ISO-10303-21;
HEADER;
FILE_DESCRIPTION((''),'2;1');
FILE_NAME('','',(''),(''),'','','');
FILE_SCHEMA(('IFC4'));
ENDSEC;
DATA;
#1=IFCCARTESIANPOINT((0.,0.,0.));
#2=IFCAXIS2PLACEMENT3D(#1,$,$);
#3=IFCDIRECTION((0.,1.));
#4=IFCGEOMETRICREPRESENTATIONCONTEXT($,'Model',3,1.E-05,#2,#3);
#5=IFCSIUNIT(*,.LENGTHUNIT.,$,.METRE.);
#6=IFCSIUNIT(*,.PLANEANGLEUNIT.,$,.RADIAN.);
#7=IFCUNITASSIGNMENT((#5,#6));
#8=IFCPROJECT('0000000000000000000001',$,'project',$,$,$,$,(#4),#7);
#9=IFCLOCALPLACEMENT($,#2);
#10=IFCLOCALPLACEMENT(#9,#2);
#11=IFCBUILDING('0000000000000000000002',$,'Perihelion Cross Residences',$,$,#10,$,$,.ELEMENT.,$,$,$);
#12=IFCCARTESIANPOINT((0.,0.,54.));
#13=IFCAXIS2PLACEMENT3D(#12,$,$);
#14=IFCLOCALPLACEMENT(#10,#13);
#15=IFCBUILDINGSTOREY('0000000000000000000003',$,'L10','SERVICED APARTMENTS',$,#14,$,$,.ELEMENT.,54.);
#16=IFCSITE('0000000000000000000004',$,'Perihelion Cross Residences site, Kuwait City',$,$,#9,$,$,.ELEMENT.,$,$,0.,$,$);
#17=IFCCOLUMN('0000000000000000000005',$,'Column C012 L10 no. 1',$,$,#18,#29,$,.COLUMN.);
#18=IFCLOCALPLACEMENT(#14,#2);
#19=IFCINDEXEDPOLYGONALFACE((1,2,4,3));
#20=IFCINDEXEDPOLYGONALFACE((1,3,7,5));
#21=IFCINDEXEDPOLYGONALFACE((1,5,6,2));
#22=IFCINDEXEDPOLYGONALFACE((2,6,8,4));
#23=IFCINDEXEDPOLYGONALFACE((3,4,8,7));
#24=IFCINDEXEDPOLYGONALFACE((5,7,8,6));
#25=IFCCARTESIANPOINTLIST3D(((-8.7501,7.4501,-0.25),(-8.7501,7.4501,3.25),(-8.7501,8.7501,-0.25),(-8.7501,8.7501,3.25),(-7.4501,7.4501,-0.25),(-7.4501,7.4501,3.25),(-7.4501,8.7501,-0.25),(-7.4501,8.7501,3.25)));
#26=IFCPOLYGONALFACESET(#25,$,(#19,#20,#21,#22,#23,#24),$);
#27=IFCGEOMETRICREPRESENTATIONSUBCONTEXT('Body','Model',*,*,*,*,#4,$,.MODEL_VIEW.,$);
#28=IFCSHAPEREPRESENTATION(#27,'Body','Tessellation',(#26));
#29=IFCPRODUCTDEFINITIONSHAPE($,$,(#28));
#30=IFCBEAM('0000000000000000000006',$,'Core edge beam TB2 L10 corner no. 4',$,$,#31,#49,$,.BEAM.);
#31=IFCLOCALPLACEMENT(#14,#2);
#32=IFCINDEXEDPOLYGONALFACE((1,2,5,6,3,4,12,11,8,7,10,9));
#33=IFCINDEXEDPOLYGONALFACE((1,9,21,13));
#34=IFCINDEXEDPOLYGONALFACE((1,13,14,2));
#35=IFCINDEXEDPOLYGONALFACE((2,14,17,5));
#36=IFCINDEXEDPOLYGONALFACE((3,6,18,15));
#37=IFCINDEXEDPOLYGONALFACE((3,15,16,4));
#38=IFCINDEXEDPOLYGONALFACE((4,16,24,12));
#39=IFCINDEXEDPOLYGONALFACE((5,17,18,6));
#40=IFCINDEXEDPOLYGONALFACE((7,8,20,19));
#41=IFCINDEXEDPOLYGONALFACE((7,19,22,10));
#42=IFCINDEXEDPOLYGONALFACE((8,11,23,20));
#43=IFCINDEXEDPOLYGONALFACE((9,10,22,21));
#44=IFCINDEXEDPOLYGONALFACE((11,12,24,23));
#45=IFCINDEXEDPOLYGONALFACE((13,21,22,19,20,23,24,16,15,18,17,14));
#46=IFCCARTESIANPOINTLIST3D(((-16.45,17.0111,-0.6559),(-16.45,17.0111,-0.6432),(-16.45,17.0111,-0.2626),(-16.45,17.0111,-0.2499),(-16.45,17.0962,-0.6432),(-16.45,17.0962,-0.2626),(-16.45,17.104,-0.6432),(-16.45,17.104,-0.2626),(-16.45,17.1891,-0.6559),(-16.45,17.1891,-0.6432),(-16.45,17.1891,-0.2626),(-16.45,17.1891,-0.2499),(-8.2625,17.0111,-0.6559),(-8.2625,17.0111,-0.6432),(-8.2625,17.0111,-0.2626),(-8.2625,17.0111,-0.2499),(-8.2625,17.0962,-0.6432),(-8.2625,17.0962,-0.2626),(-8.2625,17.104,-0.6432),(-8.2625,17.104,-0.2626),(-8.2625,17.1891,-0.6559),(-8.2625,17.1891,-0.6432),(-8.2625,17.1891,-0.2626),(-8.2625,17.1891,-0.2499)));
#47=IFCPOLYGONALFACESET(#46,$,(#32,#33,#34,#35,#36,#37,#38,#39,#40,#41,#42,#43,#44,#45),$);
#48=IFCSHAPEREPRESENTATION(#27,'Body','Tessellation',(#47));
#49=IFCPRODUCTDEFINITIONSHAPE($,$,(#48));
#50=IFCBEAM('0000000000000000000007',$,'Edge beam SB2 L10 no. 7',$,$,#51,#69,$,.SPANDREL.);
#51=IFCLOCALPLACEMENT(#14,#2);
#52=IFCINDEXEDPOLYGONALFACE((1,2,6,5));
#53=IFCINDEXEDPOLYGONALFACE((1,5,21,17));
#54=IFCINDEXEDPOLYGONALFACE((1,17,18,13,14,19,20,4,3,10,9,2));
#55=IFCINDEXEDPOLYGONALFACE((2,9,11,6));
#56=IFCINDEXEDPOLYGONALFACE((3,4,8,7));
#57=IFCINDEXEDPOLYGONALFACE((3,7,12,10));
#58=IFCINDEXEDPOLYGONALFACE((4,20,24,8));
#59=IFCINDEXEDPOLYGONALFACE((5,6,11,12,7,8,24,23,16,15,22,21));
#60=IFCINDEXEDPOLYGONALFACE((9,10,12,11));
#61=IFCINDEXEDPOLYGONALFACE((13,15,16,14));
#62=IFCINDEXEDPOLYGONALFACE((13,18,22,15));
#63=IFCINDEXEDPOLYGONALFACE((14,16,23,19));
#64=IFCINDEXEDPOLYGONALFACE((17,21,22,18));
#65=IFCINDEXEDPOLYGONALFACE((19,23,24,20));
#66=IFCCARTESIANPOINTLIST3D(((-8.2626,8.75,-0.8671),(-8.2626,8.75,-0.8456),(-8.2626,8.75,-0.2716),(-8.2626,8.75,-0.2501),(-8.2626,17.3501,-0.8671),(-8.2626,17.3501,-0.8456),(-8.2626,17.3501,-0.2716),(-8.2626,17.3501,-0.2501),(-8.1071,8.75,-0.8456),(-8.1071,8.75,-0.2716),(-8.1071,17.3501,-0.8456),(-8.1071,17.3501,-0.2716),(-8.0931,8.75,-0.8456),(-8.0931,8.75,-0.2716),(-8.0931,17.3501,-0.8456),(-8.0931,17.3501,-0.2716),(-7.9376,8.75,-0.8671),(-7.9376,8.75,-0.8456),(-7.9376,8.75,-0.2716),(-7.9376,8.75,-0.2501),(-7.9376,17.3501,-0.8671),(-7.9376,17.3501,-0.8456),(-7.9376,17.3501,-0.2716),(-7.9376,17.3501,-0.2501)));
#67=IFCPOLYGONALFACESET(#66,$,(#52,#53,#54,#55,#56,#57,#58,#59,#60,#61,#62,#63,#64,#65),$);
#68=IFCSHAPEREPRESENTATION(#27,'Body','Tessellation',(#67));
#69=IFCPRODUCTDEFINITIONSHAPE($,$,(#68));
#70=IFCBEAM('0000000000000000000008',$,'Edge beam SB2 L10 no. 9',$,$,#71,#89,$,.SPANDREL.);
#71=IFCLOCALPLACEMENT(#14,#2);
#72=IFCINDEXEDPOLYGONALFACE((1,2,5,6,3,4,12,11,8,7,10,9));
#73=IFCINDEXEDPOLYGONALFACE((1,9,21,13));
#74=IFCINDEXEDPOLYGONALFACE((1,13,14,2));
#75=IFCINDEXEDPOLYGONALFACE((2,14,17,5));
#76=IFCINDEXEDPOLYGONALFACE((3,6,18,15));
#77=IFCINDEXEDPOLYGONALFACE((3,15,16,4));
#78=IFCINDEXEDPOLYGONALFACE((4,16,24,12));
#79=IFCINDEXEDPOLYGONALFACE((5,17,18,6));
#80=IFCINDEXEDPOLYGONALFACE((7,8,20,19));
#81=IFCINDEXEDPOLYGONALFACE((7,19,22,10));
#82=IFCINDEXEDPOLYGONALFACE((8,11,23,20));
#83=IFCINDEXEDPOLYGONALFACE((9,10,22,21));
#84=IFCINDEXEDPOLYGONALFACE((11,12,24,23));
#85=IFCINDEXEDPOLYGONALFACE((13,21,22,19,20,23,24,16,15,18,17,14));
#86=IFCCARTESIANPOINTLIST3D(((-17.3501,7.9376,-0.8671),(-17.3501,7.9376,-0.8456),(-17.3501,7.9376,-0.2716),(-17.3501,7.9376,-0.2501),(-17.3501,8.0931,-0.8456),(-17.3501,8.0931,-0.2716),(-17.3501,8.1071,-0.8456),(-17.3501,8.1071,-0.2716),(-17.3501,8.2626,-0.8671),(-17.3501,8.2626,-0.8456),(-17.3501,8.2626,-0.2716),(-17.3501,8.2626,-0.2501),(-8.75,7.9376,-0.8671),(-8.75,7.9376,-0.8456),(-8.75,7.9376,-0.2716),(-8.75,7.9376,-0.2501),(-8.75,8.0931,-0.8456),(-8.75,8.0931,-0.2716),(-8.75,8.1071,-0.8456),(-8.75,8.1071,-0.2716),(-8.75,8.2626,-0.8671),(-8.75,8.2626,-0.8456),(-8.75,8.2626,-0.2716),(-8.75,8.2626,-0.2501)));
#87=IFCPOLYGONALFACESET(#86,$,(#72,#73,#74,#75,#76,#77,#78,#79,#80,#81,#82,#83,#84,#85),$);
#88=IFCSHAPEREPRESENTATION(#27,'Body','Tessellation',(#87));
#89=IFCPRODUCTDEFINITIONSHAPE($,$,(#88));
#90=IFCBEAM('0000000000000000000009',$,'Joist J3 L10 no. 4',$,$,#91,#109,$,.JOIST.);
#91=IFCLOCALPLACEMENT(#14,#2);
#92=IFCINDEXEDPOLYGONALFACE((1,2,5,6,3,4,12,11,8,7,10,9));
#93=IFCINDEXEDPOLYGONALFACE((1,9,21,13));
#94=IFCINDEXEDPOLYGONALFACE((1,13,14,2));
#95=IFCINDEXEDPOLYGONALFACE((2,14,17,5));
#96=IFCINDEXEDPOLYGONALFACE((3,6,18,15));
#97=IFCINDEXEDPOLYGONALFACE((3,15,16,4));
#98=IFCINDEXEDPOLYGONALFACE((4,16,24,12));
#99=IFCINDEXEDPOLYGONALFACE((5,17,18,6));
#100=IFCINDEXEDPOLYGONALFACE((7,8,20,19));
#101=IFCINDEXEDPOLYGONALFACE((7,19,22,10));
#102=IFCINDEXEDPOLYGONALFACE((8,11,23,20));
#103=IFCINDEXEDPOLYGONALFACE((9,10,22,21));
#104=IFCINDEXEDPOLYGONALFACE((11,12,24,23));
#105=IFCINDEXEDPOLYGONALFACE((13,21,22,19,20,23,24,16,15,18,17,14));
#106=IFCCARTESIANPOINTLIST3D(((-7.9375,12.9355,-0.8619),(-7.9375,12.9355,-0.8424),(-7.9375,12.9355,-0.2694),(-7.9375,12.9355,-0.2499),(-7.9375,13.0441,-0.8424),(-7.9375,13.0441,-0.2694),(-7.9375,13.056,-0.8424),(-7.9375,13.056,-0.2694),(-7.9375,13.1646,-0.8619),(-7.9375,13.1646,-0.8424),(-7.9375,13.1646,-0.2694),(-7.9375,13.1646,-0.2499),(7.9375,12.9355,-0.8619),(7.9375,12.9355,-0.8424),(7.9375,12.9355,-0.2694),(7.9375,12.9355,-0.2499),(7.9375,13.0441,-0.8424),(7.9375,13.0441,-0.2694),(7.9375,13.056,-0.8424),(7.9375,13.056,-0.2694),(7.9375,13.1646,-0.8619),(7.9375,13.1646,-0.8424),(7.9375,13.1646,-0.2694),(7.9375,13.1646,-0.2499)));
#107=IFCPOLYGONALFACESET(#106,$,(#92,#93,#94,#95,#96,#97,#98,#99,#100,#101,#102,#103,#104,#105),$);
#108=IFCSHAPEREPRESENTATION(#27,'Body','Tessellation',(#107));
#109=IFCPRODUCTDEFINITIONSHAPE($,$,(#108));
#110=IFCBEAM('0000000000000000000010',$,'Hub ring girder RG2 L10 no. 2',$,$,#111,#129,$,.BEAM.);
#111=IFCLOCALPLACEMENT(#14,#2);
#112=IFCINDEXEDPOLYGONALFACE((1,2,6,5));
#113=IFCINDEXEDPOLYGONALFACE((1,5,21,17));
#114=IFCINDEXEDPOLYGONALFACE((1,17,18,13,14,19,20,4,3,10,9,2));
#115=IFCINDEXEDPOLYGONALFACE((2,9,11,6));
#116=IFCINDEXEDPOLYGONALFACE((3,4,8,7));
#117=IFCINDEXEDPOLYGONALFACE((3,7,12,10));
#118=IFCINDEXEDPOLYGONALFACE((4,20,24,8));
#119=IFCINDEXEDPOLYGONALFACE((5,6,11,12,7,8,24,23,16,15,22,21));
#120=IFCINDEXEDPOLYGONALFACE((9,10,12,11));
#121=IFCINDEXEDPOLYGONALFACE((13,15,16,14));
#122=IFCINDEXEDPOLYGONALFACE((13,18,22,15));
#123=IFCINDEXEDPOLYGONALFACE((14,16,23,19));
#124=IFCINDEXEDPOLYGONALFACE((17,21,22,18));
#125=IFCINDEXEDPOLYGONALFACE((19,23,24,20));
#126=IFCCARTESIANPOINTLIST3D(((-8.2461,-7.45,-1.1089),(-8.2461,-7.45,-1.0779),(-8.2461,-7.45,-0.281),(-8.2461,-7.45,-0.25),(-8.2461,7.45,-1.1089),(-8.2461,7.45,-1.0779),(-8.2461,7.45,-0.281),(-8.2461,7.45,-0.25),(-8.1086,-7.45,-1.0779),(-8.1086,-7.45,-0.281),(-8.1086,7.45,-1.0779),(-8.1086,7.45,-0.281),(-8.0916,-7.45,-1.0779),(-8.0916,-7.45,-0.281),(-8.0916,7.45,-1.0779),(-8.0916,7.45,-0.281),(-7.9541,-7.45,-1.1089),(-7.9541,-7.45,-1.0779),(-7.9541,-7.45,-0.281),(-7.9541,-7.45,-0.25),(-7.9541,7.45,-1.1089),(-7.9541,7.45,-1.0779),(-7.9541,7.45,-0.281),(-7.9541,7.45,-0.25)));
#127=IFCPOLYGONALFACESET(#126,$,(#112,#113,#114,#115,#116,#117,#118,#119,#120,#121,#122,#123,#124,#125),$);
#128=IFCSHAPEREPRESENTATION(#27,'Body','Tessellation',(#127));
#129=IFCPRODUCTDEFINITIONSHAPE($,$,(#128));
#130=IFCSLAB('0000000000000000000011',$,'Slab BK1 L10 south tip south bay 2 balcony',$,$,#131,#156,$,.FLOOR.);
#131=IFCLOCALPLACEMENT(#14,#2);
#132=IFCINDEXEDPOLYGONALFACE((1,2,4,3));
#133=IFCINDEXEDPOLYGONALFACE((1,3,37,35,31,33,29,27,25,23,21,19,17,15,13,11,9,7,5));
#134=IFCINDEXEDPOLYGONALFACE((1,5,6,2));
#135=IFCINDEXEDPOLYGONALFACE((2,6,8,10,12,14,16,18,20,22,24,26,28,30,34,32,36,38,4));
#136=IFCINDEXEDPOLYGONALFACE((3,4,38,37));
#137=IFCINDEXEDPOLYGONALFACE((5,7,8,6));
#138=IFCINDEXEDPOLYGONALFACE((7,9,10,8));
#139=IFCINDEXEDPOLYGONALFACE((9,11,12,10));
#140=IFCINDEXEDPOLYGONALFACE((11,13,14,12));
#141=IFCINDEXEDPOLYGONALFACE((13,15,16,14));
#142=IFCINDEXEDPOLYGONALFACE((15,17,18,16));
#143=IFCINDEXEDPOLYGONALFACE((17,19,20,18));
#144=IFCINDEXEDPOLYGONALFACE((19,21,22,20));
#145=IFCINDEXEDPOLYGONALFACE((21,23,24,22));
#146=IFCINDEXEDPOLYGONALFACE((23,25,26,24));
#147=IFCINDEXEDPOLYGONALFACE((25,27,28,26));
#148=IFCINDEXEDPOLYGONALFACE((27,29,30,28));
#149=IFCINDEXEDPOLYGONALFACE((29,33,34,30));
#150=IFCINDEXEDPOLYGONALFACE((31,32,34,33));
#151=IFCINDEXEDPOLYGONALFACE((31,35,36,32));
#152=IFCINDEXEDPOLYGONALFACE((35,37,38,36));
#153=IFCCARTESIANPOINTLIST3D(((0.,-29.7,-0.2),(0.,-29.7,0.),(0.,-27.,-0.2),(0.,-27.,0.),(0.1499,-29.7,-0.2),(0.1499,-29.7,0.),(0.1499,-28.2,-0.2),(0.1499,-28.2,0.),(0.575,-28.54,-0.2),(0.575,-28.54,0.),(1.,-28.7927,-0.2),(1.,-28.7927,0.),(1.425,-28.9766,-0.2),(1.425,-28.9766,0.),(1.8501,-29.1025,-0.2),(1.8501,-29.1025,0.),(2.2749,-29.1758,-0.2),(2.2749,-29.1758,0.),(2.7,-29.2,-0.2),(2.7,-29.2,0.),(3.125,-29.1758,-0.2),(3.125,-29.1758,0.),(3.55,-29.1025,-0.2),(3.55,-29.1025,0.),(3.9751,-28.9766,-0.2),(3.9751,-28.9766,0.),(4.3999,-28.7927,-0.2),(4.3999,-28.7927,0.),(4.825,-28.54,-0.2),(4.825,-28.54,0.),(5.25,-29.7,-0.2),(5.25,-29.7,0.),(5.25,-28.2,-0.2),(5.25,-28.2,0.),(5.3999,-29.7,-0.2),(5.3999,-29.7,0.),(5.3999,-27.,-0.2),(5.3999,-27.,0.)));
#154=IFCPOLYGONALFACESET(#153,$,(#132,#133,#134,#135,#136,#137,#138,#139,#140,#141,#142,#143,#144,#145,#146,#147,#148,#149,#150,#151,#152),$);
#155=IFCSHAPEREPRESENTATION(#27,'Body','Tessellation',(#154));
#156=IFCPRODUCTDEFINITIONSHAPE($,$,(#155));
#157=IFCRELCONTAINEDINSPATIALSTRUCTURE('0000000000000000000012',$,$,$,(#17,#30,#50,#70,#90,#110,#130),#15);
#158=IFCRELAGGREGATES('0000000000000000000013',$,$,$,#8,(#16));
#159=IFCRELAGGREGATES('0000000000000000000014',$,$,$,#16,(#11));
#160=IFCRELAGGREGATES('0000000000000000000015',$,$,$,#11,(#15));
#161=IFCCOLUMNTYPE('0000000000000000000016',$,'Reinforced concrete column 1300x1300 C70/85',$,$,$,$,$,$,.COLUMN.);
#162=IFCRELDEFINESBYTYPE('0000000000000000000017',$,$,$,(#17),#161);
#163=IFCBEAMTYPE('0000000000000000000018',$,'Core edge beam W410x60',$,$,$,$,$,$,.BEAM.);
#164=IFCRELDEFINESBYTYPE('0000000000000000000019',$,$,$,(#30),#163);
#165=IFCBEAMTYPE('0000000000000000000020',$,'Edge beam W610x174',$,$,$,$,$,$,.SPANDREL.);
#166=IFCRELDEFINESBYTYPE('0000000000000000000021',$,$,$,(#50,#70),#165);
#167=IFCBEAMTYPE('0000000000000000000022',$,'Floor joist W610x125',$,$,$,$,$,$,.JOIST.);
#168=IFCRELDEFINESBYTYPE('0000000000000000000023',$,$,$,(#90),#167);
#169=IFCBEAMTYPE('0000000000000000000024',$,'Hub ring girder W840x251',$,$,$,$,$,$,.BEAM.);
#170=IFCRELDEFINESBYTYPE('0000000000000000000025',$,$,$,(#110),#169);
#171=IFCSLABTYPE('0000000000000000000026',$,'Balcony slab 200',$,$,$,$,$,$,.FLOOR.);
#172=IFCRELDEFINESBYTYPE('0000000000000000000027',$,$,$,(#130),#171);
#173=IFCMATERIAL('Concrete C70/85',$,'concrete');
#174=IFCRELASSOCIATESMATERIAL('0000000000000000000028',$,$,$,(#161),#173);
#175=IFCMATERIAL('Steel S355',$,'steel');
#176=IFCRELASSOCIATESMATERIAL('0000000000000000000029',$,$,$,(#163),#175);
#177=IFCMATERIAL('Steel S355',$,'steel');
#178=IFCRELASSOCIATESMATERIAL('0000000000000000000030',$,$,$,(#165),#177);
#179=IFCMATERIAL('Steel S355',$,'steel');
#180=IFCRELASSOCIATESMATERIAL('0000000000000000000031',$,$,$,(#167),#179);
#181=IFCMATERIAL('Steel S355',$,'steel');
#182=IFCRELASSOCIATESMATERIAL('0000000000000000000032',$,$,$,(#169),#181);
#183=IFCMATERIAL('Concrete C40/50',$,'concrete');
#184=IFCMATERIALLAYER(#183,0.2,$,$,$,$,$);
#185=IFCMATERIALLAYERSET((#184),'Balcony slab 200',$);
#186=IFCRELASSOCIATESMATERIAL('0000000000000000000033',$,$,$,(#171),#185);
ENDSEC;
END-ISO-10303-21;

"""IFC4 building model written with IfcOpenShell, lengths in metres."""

from ifc_helpers import new_model, si_unit, direction, frame, origin, origin_2d, place, context, subcontext, project, spatial, polyline, rectangle, i_section, outline, extrude, material, layer, layer_set, material_profile, profile_set, type_object, element, save


model = new_model("IFC4")

# Units and contexts
model_context = context("Model", 3, precision=1e-05, world=origin(), true_north=direction((0.0, 1.0)))
body_context = subcontext(model_context, "Body", "Model", "MODEL_VIEW")
ifc_project = project(units=[si_unit("LENGTHUNIT", "METRE"), si_unit("PLANEANGLEUNIT", "RADIAN")], contexts=[model_context])

# Site, building, storey
site_placement = place(None, origin())
site = spatial("IfcSite", under=ifc_project, at=site_placement, Name="Perihelion Cross Residences site, Kuwait City", CompositionType="ELEMENT", RefElevation=0.0)
building_placement = place(site_placement, origin())
building = spatial("IfcBuilding", under=site, at=building_placement, Name="Perihelion Cross Residences", CompositionType="ELEMENT")
storey_placement = place(building_placement, frame((0.0, 0.0, 54.0)))
storey = spatial("IfcBuildingStorey", under=building, at=storey_placement, Name="L10", Description="SERVICED APARTMENTS", CompositionType="ELEMENT", Elevation=54.0)

# Column
ifc_material_1 = material(Name="Concrete C70/85", Category="concrete")
ifc_material_profile_1 = material_profile(ifc_material_1, rectangle(XDim=1.3, YDim=1.3, at=origin_2d()), Name="RC 1300x1300")
ifc_profile_set_1 = profile_set([ifc_material_profile_1], Name="Concrete C70/85")
column_type = type_object("IfcColumnType", Name="Reinforced concrete column 1300x1300 C70/85", PredefinedType="COLUMN", material=ifc_profile_set_1)
column_placement = place(storey_placement, frame((-8.1001, 8.1001, -0.25), z_axis=(0.0, 0.0, 1.0), x_axis=(1.0, 0.0, 0.0)))
element("IfcColumn", 1, at=column_placement, inside=storey, type_object=column_type, Name="Column C012 L10 no. 1", PredefinedType="COLUMN", context=body_context, shape_type="SweptSolid", body=[
    extrude(rectangle(XDim=1.3, YDim=1.3, at=origin_2d()), origin(), (0.0, 0.0, 1.0), 3.5),
])

# Beams
ifc_material_2 = material(Name="Steel S355", Category="steel")
ifc_material_profile_2 = material_profile(ifc_material_2, i_section(OverallWidth=0.178, OverallDepth=0.406, WebThickness=0.0078, FlangeThickness=0.0127, at=origin_2d()), Name="W410x60")
ifc_profile_set_2 = profile_set([ifc_material_profile_2], Name="Steel S355")
beam_type_1 = type_object("IfcBeamType", Name="Core edge beam W410x60", PredefinedType="BEAM", material=ifc_profile_set_2)
beam_1_placement = place(storey_placement, frame((-8.2625, 17.1001, -0.4529), z_axis=(-1.0, 0.0, 0.0), x_axis=(0.0, -1.0, 0.0)))
element("IfcBeam", 2, at=beam_1_placement, inside=storey, type_object=beam_type_1, Name="Core edge beam TB2 L10 corner no. 4", PredefinedType="BEAM", context=body_context, shape_type="SweptSolid", body=[
    extrude(i_section(OverallWidth=0.178, OverallDepth=0.406, WebThickness=0.0078, FlangeThickness=0.0127, at=origin_2d()), origin(), (0.0, 0.0, 1.0), 8.1875),
])
ifc_material_3 = material(Name="Steel S355", Category="steel")
ifc_material_profile_3 = material_profile(ifc_material_3, i_section(OverallWidth=0.325, OverallDepth=0.6169, WebThickness=0.0139, FlangeThickness=0.0215, at=origin_2d()), Name="W610x174")
ifc_profile_set_3 = profile_set([ifc_material_profile_3], Name="Steel S355")
beam_type_2 = type_object("IfcBeamType", Name="Edge beam W610x174", PredefinedType="SPANDREL", material=ifc_profile_set_3)
for number, where, z_axis, x_axis, name in (
    (3, (-8.1001, 17.3501, -0.5586), (0.0, -1.0, 0.0), (1.0, 0.0, 0.0), "Edge beam SB2 L10 no. 7"),
    (4, (-8.75, 8.1001, -0.5586), (-1.0, 0.0, 0.0), (0.0, -1.0, 0.0), "Edge beam SB2 L10 no. 9"),
):
    element("IfcBeam", number, at=place(storey_placement, frame(where, z_axis=z_axis, x_axis=x_axis)), inside=storey, type_object=beam_type_2, Name=name, PredefinedType="SPANDREL", context=body_context, shape_type="SweptSolid", body=[
        extrude(i_section(OverallWidth=0.325, OverallDepth=0.6169, WebThickness=0.0139, FlangeThickness=0.0215, at=origin_2d()), origin(), (0.0, 0.0, 1.0), 8.6001),
    ])
ifc_material_4 = material(Name="Steel S355", Category="steel")
ifc_material_profile_4 = material_profile(ifc_material_4, i_section(OverallWidth=0.229, OverallDepth=0.6121, WebThickness=0.012, FlangeThickness=0.0195, at=origin_2d()), Name="W610x125")
ifc_profile_set_4 = profile_set([ifc_material_profile_4], Name="Steel S355")
beam_type_3 = type_object("IfcBeamType", Name="Floor joist W610x125", PredefinedType="JOIST", material=ifc_profile_set_4)
beam_2_placement = place(storey_placement, frame((-7.9375, 13.05, -0.5559), z_axis=(1.0, 0.0, 0.0), x_axis=(0.0, 1.0, 0.0)))
element("IfcBeam", 5, at=beam_2_placement, inside=storey, type_object=beam_type_3, Name="Joist J3 L10 no. 4", PredefinedType="JOIST", context=body_context, shape_type="SweptSolid", body=[
    extrude(i_section(OverallWidth=0.229, OverallDepth=0.6121, WebThickness=0.012, FlangeThickness=0.0195, at=origin_2d()), origin(), (0.0, 0.0, 1.0), 15.875),
])
ifc_material_5 = material(Name="Steel S355", Category="steel")
ifc_material_profile_5 = material_profile(ifc_material_5, i_section(OverallWidth=0.292, OverallDepth=0.8589, WebThickness=0.0171, FlangeThickness=0.031, at=origin_2d()), Name="W840x251")
ifc_profile_set_5 = profile_set([ifc_material_profile_5], Name="Steel S355")
beam_type_4 = type_object("IfcBeamType", Name="Hub ring girder W840x251", PredefinedType="BEAM", material=ifc_profile_set_5)
beam_3_placement = place(storey_placement, frame((-8.1001, 7.45, -0.6794), z_axis=(0.0, -1.0, 0.0), x_axis=(1.0, 0.0, 0.0)))
element("IfcBeam", 6, at=beam_3_placement, inside=storey, type_object=beam_type_4, Name="Hub ring girder RG2 L10 no. 2", PredefinedType="BEAM", context=body_context, shape_type="SweptSolid", body=[
    extrude(i_section(OverallWidth=0.292, OverallDepth=0.8589, WebThickness=0.0171, FlangeThickness=0.031, at=origin_2d()), origin(), (0.0, 0.0, 1.0), 14.8999),
])

# Slab
ifc_material_6 = material(Name="Concrete C40/50", Category="concrete")
ifc_layer_1 = layer(ifc_material_6, 0.2)
ifc_layer_set_1 = layer_set([ifc_layer_1], Name="Balcony slab 200")
slab_type_1 = type_object("IfcSlabType", Name="Balcony slab 200", PredefinedType="FLOOR", material=ifc_layer_set_1)
slab_1_placement = place(storey_placement, frame((0.0, 0.0, -0.2)))
element("IfcSlab", 7, at=slab_1_placement, inside=storey, type_object=slab_type_1, Name="Slab BK1 L10 south tip south bay 2 balcony", PredefinedType="FLOOR", context=body_context, shape_type="SweptSolid", body=[
    extrude(outline(polyline([(0.0, -27.0), (5.3999, -27.0), (5.3999, -29.7), (5.25, -29.7), (5.25, -28.2), (4.825, -28.54), (4.3999, -28.7927), (3.9751, -28.9766), (3.55, -29.1025), (3.125, -29.1758), (2.7, -29.2), (2.2749, -29.1758), (1.8501, -29.1025), (1.425, -28.9766), (1.0, -28.7927), (0.575, -28.54), (0.1499, -28.2), (0.1499, -29.7), (0.0, -29.7), (0.0, -27.0)])), origin(), (0.0, 0.0, 1.0), 0.2),
])

save(model, "model.ifc")
